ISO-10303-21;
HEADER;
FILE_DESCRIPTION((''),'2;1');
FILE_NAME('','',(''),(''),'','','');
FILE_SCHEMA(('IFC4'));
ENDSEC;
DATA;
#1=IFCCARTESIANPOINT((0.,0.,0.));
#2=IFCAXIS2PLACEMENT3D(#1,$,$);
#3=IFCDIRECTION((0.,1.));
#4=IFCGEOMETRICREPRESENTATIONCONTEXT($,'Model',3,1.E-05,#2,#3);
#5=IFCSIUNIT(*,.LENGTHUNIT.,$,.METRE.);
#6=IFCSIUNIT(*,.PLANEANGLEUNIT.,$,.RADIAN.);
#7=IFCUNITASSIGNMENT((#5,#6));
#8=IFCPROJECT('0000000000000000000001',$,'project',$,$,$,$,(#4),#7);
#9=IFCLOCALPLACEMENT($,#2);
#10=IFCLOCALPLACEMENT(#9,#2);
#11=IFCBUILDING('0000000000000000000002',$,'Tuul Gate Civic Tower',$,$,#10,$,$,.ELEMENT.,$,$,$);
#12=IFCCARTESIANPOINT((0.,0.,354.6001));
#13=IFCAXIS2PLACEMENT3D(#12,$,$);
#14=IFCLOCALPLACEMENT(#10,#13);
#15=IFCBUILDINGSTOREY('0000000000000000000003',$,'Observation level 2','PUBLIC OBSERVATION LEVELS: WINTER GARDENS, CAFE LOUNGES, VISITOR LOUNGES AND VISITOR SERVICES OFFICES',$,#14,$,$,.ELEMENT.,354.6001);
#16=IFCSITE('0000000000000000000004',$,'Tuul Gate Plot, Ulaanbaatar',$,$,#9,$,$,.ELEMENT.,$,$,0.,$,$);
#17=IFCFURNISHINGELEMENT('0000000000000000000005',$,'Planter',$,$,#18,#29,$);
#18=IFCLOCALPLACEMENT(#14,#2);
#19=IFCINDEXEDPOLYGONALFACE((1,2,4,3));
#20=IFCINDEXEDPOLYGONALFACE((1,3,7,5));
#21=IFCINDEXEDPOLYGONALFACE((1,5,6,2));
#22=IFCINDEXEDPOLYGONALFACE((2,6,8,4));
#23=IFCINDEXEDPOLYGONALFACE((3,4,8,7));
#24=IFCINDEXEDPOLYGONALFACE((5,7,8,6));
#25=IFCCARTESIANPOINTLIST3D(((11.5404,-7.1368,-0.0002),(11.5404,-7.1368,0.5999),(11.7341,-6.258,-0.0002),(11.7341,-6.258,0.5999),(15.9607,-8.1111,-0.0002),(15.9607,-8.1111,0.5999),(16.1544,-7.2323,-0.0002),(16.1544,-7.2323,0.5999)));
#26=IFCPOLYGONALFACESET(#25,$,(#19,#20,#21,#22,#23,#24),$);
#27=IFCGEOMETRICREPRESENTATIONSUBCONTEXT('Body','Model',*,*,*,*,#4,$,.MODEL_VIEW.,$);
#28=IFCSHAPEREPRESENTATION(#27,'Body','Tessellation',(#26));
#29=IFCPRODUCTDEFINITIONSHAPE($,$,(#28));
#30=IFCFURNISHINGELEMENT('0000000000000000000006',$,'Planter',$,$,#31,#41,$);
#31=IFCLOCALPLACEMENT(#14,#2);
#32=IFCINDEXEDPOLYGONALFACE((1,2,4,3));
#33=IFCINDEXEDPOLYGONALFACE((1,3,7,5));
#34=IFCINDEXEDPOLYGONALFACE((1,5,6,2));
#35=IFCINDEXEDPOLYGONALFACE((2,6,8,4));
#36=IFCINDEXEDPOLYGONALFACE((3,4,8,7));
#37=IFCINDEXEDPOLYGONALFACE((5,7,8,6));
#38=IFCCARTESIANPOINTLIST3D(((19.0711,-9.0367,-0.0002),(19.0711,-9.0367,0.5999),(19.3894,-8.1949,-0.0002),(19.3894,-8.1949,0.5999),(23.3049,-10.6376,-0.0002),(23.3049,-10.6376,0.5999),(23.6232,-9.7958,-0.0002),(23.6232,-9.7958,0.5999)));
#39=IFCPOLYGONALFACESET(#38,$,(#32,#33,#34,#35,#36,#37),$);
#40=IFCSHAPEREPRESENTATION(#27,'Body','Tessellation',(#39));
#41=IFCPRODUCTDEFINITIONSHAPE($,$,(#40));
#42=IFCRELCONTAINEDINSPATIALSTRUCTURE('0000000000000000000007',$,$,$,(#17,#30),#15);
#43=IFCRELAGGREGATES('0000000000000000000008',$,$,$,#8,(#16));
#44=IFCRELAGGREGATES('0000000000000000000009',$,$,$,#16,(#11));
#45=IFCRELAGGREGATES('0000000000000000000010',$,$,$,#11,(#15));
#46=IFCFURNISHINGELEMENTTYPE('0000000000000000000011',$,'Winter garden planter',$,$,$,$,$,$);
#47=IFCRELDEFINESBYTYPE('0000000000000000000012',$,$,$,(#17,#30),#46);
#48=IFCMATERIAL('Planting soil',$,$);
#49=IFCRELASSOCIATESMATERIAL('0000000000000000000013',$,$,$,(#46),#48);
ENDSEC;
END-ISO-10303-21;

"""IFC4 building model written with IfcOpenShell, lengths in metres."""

from ifc_helpers import new_model, si_unit, direction, frame, origin, origin_2d, place, context, subcontext, project, spatial, rectangle, extrude, material, type_object, element, save


model = new_model("IFC4")

# Units and contexts
model_context = context("Model", 3, precision=1e-05, world=origin(), true_north=direction((0.0, 1.0)))
body_context = subcontext(model_context, "Body", "Model", "MODEL_VIEW")
ifc_project = project(units=[si_unit("LENGTHUNIT", "METRE"), si_unit("PLANEANGLEUNIT", "RADIAN")], contexts=[model_context])

# Site, building, storey
site_placement = place(None, origin())
site = spatial("IfcSite", under=ifc_project, at=site_placement, Name="Tuul Gate Plot, Ulaanbaatar", CompositionType="ELEMENT", RefElevation=0.0)
building_placement = place(site_placement, origin())
building = spatial("IfcBuilding", under=site, at=building_placement, Name="Tuul Gate Civic Tower", CompositionType="ELEMENT")
storey_placement = place(building_placement, frame((0.0, 0.0, 354.6001)))
storey = spatial("IfcBuildingStorey", under=building, at=storey_placement, Name="Observation level 2", Description="PUBLIC OBSERVATION LEVELS: WINTER GARDENS, CAFE LOUNGES, VISITOR LOUNGES AND VISITOR SERVICES OFFICES", CompositionType="ELEMENT", Elevation=354.6001)

# Furnishing elements
ifc_material_1 = material(Name="Planting soil")
furnishing_element_type = type_object("IfcFurnishingElementType", Name="Winter garden planter", material=ifc_material_1)
for number, where, z_axis, x_axis, name in (
    (1, (13.8474, -7.1846, -0.0002), (0.0, 0.0, 1.0), (0.976561, -0.215242, 0.0), "Planter"),
    (2, (21.3472, -9.4163, -0.0002), (0.0, 0.0, 1.0), (0.935365, -0.353685, 0.0), "Planter"),
):
    element("IfcFurnishingElement", number, at=place(storey_placement, frame(where, z_axis=z_axis, x_axis=x_axis)), inside=storey, type_object=furnishing_element_type, Name=name, context=body_context, shape_type="SweptSolid", body=[
        extrude(rectangle(XDim=4.5264, YDim=0.8999, at=origin_2d()), origin(), (0.0, 0.0, 1.0), 0.6001),
    ])

save(model, "model.ifc")
